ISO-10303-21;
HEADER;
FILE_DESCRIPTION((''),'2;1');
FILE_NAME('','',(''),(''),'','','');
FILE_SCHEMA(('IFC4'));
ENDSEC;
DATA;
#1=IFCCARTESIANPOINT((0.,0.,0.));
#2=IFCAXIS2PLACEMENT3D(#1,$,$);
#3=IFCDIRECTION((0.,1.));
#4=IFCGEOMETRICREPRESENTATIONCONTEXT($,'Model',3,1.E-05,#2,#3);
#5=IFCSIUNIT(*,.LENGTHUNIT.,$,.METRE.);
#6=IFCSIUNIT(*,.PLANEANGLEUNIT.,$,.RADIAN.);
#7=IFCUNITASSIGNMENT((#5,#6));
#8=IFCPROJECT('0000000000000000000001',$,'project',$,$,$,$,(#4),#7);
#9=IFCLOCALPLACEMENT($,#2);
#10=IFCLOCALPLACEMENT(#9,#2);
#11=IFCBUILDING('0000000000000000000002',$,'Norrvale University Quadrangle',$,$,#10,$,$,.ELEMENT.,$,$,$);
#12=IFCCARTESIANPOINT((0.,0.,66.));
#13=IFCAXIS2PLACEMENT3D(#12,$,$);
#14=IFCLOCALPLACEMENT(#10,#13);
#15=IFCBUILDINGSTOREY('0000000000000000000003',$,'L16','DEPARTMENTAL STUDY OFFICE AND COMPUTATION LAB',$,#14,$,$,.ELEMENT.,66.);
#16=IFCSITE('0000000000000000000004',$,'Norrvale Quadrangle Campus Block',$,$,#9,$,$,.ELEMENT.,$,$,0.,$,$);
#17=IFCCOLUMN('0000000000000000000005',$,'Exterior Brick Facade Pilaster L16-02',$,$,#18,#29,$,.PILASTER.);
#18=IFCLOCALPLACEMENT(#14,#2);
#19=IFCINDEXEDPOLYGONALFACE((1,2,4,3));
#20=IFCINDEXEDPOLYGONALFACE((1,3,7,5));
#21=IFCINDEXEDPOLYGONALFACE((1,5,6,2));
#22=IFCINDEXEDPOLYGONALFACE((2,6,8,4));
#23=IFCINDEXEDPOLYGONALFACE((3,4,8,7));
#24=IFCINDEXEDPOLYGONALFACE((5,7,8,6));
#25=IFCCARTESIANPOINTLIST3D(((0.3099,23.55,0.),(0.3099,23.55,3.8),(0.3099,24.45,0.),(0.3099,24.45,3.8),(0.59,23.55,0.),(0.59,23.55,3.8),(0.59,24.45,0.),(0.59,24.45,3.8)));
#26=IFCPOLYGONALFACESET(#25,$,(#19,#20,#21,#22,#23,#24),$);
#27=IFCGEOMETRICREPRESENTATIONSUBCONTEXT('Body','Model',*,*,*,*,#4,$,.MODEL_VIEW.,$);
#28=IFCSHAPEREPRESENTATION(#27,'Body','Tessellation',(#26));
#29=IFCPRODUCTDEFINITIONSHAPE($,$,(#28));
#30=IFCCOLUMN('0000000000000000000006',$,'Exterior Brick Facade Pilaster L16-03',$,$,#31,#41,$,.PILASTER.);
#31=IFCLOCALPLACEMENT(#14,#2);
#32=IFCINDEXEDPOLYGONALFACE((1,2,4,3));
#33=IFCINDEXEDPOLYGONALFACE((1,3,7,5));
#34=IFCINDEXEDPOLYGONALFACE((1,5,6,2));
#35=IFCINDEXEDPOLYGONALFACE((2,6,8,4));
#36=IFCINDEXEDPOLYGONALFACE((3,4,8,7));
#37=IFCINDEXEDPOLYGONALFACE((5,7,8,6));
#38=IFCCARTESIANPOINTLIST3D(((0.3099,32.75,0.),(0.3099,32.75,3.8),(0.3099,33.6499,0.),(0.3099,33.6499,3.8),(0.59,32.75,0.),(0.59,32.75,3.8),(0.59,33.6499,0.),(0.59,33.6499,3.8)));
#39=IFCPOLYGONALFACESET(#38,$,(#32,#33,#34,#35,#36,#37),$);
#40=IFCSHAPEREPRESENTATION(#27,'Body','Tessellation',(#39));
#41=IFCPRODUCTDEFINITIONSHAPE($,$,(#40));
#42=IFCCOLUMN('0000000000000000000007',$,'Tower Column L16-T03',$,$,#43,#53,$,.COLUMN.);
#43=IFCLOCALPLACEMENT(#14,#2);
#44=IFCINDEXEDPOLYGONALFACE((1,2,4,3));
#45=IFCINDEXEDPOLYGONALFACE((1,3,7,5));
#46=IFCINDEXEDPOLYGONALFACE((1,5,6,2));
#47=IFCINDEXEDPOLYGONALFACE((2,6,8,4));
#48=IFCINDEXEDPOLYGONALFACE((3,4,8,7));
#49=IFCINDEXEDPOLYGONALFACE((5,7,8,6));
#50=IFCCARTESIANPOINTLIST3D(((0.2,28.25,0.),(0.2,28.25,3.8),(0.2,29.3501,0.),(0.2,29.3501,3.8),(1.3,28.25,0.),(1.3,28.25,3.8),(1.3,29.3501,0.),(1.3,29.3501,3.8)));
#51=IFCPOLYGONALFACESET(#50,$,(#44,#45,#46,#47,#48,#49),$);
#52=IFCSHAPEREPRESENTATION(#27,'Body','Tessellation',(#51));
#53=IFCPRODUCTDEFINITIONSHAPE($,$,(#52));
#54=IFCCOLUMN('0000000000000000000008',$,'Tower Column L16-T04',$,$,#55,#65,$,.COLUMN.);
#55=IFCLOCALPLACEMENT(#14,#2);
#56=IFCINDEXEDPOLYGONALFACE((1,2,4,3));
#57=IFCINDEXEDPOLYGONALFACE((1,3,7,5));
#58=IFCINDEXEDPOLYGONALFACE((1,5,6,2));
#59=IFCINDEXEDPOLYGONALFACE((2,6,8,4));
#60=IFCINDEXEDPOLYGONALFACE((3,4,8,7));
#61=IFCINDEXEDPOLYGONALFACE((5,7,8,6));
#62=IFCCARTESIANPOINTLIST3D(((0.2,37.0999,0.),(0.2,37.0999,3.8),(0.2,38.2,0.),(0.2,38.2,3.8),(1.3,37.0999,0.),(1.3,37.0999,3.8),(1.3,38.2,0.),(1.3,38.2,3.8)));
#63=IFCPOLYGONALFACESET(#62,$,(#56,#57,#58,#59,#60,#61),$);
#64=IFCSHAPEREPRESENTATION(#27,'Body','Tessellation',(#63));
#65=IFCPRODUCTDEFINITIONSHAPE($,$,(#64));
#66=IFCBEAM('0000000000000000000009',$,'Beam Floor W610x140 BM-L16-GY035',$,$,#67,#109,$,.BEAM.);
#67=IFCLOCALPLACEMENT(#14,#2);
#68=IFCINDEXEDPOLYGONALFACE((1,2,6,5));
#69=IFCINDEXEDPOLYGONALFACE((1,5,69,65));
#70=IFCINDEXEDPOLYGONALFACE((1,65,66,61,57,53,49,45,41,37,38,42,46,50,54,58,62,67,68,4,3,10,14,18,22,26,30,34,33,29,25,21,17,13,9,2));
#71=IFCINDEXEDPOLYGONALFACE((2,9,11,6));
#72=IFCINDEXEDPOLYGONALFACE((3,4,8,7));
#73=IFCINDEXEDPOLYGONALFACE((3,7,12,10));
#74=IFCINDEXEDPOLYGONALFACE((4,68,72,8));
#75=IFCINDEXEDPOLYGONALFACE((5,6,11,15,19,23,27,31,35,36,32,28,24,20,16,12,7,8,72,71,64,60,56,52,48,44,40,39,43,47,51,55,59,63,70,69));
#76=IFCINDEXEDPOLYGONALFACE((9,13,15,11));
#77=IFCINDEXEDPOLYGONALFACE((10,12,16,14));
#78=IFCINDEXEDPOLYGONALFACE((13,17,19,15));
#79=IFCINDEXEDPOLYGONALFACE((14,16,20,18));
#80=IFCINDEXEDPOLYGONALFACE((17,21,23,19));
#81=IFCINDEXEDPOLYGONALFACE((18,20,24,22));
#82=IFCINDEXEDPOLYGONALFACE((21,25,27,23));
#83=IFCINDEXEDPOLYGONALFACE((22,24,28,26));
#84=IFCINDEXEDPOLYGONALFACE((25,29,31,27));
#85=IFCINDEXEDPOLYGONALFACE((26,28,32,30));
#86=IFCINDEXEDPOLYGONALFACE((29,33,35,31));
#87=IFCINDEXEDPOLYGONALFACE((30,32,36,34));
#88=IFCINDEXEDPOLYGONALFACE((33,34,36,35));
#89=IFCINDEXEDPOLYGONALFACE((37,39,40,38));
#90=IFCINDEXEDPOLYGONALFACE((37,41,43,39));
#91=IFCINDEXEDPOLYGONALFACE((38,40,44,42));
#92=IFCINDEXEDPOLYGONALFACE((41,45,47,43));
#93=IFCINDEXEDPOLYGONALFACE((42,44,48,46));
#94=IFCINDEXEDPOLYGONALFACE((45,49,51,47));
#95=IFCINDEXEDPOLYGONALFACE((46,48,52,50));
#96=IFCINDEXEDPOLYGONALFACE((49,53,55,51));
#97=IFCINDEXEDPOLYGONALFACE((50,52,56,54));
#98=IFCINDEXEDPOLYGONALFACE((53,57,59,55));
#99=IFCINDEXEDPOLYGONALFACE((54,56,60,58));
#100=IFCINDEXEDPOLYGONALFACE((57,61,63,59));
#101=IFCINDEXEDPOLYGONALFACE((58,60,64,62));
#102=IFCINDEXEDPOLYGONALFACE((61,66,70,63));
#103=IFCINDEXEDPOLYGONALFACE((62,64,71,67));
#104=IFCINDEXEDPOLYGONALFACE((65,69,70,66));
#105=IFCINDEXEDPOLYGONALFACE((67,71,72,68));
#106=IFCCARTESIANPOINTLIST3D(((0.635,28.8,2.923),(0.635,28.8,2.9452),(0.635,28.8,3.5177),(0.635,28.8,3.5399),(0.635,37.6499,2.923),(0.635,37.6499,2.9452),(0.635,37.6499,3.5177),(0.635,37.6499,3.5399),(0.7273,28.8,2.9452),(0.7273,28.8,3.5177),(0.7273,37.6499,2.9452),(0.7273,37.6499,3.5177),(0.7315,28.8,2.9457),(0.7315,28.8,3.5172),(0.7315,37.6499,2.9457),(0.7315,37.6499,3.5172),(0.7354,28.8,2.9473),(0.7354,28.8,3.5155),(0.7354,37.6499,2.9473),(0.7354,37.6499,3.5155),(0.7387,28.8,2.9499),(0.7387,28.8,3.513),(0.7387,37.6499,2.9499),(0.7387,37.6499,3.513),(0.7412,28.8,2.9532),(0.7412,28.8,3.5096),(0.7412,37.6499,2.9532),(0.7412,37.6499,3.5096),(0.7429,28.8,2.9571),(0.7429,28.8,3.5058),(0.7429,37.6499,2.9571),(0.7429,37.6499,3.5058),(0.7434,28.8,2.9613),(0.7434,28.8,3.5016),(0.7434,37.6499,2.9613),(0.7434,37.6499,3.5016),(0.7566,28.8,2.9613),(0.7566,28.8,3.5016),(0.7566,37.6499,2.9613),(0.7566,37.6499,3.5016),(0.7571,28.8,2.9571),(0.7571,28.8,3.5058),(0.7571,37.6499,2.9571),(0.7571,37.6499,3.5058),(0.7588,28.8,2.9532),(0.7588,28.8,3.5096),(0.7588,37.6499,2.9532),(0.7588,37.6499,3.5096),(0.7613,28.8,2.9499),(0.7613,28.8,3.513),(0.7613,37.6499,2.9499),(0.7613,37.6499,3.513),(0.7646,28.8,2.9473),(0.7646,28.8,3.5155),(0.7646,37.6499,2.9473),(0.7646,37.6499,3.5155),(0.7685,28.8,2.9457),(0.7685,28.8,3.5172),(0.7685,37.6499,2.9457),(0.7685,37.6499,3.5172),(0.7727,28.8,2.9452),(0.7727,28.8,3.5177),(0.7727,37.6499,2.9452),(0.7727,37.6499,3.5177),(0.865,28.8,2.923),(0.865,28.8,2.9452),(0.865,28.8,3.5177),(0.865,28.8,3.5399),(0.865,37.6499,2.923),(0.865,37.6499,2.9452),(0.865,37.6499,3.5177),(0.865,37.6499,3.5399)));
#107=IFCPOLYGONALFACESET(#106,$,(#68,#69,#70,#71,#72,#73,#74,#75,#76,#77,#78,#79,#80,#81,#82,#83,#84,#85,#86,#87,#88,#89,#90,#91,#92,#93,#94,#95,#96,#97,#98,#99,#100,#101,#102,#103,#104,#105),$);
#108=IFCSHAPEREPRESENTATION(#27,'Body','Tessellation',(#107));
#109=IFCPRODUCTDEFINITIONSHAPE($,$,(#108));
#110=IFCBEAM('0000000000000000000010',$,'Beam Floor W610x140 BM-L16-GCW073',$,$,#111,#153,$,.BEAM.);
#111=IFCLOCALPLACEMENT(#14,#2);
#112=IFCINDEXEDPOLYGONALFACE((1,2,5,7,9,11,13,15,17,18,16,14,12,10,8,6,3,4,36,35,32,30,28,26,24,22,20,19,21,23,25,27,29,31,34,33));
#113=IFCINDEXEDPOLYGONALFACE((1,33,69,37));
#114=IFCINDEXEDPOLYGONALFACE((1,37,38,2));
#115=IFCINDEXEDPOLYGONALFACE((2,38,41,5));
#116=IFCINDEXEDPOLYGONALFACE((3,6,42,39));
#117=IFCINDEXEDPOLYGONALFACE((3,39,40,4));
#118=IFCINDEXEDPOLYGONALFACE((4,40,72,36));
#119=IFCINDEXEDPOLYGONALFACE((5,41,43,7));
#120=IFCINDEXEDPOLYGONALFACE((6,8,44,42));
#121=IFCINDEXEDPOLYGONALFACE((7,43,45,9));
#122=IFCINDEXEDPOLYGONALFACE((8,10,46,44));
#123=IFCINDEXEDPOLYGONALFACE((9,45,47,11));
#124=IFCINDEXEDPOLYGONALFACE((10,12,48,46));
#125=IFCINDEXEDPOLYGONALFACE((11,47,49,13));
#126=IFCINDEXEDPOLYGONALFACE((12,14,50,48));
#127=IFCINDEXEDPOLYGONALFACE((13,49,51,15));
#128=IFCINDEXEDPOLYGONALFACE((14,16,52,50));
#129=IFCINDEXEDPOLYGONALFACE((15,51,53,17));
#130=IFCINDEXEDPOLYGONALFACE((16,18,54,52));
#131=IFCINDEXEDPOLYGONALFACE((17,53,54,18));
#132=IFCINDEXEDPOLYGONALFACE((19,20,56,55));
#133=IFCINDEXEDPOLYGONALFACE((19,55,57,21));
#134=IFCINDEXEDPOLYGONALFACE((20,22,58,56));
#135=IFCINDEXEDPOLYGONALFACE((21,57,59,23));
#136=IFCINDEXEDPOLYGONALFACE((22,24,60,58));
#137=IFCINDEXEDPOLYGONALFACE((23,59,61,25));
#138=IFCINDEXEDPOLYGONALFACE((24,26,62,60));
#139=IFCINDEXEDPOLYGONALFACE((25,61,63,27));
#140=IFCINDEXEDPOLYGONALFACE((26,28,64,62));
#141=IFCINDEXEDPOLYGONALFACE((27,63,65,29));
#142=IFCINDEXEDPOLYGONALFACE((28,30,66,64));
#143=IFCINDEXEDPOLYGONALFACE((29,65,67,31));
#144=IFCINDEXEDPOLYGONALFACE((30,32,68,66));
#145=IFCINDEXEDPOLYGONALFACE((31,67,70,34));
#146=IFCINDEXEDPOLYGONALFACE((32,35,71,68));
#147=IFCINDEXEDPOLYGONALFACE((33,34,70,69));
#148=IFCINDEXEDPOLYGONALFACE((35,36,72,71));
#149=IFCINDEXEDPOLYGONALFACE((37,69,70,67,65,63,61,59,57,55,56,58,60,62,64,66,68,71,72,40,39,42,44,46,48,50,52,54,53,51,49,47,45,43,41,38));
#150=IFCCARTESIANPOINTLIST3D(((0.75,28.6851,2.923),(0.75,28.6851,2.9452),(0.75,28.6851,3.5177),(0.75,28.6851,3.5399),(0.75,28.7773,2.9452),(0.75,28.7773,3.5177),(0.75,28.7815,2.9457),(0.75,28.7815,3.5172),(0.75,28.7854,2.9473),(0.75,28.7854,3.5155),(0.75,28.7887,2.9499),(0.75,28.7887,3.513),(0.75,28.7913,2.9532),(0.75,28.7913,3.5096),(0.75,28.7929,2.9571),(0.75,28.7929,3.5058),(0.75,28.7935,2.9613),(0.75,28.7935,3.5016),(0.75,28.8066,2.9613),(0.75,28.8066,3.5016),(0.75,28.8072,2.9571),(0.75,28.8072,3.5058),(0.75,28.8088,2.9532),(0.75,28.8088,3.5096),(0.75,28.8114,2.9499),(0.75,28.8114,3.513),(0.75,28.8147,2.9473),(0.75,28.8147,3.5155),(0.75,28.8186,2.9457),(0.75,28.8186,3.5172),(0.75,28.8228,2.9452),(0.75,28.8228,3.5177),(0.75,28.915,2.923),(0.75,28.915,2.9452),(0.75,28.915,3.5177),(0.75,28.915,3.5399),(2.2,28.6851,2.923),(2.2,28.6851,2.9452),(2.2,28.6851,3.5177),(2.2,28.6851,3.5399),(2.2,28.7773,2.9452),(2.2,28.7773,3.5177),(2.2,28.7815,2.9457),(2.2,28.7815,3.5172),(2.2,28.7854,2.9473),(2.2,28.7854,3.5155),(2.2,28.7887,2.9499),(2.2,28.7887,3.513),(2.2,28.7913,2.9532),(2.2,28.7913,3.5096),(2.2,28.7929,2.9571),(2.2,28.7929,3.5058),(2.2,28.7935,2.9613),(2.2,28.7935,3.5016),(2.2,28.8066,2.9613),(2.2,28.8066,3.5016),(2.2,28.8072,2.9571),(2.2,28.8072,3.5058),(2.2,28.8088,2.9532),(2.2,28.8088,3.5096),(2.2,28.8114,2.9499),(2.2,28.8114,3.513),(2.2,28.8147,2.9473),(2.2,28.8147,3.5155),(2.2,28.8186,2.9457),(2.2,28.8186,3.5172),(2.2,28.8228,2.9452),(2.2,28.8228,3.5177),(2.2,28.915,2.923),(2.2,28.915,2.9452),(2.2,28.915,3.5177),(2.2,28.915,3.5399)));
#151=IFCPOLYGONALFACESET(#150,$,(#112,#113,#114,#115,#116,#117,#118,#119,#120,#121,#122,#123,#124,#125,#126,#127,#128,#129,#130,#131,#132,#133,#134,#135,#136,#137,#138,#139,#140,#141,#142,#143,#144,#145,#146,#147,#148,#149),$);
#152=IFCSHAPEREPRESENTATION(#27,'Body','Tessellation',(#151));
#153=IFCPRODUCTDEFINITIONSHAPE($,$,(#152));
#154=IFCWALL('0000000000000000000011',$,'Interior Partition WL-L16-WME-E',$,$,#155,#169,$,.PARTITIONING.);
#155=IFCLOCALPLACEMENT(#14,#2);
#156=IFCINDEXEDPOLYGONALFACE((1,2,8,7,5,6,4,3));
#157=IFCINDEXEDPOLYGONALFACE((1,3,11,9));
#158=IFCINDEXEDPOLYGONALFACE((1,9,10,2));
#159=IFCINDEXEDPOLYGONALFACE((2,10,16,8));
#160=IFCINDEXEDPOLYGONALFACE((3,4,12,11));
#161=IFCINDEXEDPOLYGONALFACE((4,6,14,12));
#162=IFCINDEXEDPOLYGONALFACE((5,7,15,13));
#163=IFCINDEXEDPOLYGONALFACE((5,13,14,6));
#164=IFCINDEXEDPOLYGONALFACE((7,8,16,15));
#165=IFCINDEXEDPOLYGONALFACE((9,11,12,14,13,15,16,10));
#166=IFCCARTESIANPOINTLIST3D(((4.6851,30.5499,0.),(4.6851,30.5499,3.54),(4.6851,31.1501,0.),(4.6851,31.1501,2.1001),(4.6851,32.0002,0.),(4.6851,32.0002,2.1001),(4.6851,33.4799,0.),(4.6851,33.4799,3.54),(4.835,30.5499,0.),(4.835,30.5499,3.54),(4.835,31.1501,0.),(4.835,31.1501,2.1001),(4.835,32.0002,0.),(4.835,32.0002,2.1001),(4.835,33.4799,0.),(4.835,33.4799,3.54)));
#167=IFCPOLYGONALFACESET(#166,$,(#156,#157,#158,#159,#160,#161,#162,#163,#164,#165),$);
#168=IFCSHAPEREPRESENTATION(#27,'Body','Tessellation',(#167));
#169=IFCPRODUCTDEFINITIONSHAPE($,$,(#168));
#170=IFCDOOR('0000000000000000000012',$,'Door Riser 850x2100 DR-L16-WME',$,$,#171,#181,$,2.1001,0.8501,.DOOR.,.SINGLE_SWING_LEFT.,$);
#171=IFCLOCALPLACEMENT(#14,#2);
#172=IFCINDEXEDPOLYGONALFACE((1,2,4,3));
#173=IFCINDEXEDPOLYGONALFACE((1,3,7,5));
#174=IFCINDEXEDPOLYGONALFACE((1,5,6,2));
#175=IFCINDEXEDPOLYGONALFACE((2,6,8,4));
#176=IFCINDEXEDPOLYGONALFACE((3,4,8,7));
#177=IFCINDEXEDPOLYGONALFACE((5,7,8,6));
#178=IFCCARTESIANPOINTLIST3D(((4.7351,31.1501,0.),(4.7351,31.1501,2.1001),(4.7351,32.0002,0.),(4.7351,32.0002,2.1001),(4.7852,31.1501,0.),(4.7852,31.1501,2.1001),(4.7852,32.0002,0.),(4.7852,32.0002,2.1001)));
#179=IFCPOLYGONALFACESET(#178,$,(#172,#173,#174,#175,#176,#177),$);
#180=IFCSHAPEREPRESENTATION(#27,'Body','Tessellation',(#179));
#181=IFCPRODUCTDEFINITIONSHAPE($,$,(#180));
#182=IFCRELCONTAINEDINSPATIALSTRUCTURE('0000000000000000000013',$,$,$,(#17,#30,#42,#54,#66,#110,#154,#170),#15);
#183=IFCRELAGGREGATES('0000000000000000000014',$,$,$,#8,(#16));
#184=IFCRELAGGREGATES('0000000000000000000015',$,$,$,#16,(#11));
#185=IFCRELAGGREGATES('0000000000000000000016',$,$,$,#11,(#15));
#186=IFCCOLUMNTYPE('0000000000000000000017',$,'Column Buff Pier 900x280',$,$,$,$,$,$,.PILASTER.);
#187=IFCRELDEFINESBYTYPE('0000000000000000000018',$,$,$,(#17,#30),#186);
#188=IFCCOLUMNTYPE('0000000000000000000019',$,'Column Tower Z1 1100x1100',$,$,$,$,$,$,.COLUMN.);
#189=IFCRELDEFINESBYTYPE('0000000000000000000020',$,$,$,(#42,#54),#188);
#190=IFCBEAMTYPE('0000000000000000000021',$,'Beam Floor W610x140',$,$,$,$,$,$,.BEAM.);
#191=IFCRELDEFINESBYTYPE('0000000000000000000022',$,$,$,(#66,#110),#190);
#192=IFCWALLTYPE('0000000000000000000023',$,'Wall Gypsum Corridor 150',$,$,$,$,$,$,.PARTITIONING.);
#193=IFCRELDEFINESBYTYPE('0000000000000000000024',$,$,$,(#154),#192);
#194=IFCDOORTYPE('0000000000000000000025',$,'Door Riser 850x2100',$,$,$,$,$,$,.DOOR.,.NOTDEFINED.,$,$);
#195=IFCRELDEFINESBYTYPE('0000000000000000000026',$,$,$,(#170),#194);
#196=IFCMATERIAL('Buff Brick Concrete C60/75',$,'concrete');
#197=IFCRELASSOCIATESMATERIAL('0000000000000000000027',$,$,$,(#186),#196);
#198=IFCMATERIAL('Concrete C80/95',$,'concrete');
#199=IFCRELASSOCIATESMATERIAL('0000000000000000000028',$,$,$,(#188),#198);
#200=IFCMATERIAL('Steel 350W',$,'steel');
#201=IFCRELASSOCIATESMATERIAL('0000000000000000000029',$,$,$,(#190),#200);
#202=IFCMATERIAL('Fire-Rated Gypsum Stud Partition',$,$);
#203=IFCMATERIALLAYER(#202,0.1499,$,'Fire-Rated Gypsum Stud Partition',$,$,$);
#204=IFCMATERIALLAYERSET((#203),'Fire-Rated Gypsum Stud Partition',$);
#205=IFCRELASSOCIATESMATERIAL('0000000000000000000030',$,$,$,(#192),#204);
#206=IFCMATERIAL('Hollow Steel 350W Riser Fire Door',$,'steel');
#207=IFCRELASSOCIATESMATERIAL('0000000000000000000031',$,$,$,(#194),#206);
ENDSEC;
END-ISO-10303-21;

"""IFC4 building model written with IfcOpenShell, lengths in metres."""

from ifc_helpers import new_model, si_unit, direction, frame, frame_2d, origin, origin_2d, place, context, subcontext, project, spatial, rectangle, i_section, extrude, material, layer, layer_set, material_profile, profile_set, type_object, element, fill, save


model = new_model("IFC4")

# Units and contexts
model_context = context("Model", 3, precision=1e-05, world=origin(), true_north=direction((0.0, 1.0)))
body_context = subcontext(model_context, "Body", "Model", "MODEL_VIEW")
ifc_project = project(units=[si_unit("LENGTHUNIT", "METRE"), si_unit("PLANEANGLEUNIT", "RADIAN")], contexts=[model_context])

# Site, building, storey
site_placement = place(None, origin())
site = spatial("IfcSite", under=ifc_project, at=site_placement, Name="Norrvale Quadrangle Campus Block", CompositionType="ELEMENT", RefElevation=0.0)
building_placement = place(site_placement, origin())
building = spatial("IfcBuilding", under=site, at=building_placement, Name="Norrvale University Quadrangle", CompositionType="ELEMENT")
storey_placement = place(building_placement, frame((0.0, 0.0, 66.0)))
storey = spatial("IfcBuildingStorey", under=building, at=storey_placement, Name="L16", Description="DEPARTMENTAL STUDY OFFICE AND COMPUTATION LAB", CompositionType="ELEMENT", Elevation=66.0)

# Columns
ifc_material_1 = material(Name="Buff Brick Concrete C60/75", Category="concrete")
ifc_material_profile_1 = material_profile(ifc_material_1, rectangle(XDim=0.8999, YDim=0.28, at=origin_2d()), Name="Buff Brick Concrete C60/75")
ifc_profile_set_1 = profile_set([ifc_material_profile_1], Name="Buff Brick Concrete C60/75")
column_type_1 = type_object("IfcColumnType", Name="Column Buff Pier 900x280", PredefinedType="PILASTER", material=ifc_profile_set_1)
for number, where, z_axis, x_axis, name in (
    (1, (0.45, 24.0, 0.0), (0.0, 0.0, 1.0), (0.0, 1.0, 0.0), "Exterior Brick Facade Pilaster L16-02"),
    (2, (0.45, 33.2, 0.0), (0.0, 0.0, 1.0), (0.0, 1.0, 0.0), "Exterior Brick Facade Pilaster L16-03"),
):
    element("IfcColumn", number, at=place(storey_placement, frame(where, z_axis=z_axis, x_axis=x_axis)), inside=storey, type_object=column_type_1, Name=name, PredefinedType="PILASTER", context=body_context, shape_type="SweptSolid", body=[
        extrude(rectangle(XDim=0.8999, YDim=0.28, at=origin_2d()), origin(), (0.0, 0.0, 1.0), 3.8),
    ])
ifc_material_2 = material(Name="Concrete C80/95", Category="concrete")
ifc_material_profile_2 = material_profile(ifc_material_2, rectangle(XDim=1.1001, YDim=1.1001, at=origin_2d()), Name="Concrete C80/95")
ifc_profile_set_2 = profile_set([ifc_material_profile_2], Name="Concrete C80/95")
column_type_2 = type_object("IfcColumnType", Name="Column Tower Z1 1100x1100", PredefinedType="COLUMN", material=ifc_profile_set_2)
for number, where, z_axis, x_axis, name in (
    (3, (0.75, 28.8, 0.0), (0.0, 0.0, 1.0), (1.0, 0.0, 0.0), "Tower Column L16-T03"),
    (4, (0.75, 37.6499, 0.0), (0.0, 0.0, 1.0), (1.0, 0.0, 0.0), "Tower Column L16-T04"),
):
    element("IfcColumn", number, at=place(storey_placement, frame(where, z_axis=z_axis, x_axis=x_axis)), inside=storey, type_object=column_type_2, Name=name, PredefinedType="COLUMN", context=body_context, shape_type="SweptSolid", body=[
        extrude(rectangle(XDim=1.1001, YDim=1.1001, at=origin_2d()), origin(), (0.0, 0.0, 1.0), 3.8),
    ])

# Beams
ifc_material_3 = material(Name="Steel 350W", Category="steel")
ifc_material_profile_3 = material_profile(ifc_material_3, i_section(OverallWidth=0.23, OverallDepth=0.6169, WebThickness=0.0132, FlangeThickness=0.0222, FilletRadius=0.0161, at=origin_2d()), Name="Steel 350W")
ifc_profile_set_3 = profile_set([ifc_material_profile_3], Name="Steel 350W")
beam_type = type_object("IfcBeamType", Name="Beam Floor W610x140", PredefinedType="BEAM", material=ifc_profile_set_3)
beam_1_placement = place(storey_placement, frame((0.75, 28.8, 3.2314), z_axis=(0.0, 1.0, 0.0), x_axis=(-1.0, 0.0, 0.0)))
element("IfcBeam", 5, at=beam_1_placement, inside=storey, type_object=beam_type, Name="Beam Floor W610x140 BM-L16-GY035", PredefinedType="BEAM", context=body_context, shape_type="SweptSolid", body=[
    extrude(i_section(OverallWidth=0.23, OverallDepth=0.6169, WebThickness=0.0132, FlangeThickness=0.0222, FilletRadius=0.0161, at=origin_2d()), origin(), (0.0, 0.0, 1.0), 8.8499),
])
beam_2_placement = place(storey_placement, frame((0.75, 28.8, 3.2314), z_axis=(1.0, 0.0, 0.0), x_axis=(0.0, 1.0, 0.0)))
element("IfcBeam", 6, at=beam_2_placement, inside=storey, type_object=beam_type, Name="Beam Floor W610x140 BM-L16-GCW073", PredefinedType="BEAM", context=body_context, shape_type="SweptSolid", body=[
    extrude(i_section(OverallWidth=0.23, OverallDepth=0.6169, WebThickness=0.0132, FlangeThickness=0.0222, FilletRadius=0.0161, at=origin_2d()), origin(), (0.0, 0.0, 1.0), 1.45),
])

# Wall, opening, door
ifc_material_4 = material(Name="Fire-Rated Gypsum Stud Partition")
ifc_layer_1 = layer(ifc_material_4, 0.1499, Name="Fire-Rated Gypsum Stud Partition")
ifc_layer_set_1 = layer_set([ifc_layer_1], Name="Fire-Rated Gypsum Stud Partition")
wall_type_1 = type_object("IfcWallType", Name="Wall Gypsum Corridor 150", PredefinedType="PARTITIONING", material=ifc_layer_set_1)
wall_1_placement = place(storey_placement, frame((4.76, 30.55, 0.0), z_axis=(0.0, 0.0, 1.0), x_axis=(0.0, 1.0, 0.0)))
wall_1 = element("IfcWall", 7, at=wall_1_placement, inside=storey, type_object=wall_type_1, Name="Interior Partition WL-L16-WME-E", PredefinedType="PARTITIONING", context=body_context, shape_type="SweptSolid", body=[
    extrude(rectangle(XDim=2.9299, YDim=0.1499, at=frame_2d((1.4648, 0.0))), origin(), (0.0, 0.0, 1.0), 3.54),
])
opening_1_placement = place(wall_1_placement, frame((0.6001, 0.0, 0.0)))
opening_1 = element("IfcOpeningElement", 8, at=opening_1_placement, cuts=wall_1, PredefinedType="OPENING", context=body_context, shape_type="SweptSolid", body=[
    extrude(rectangle(XDim=0.8501, YDim=2.1001, at=frame_2d((0.425, 1.05))), frame((0.0, 0.0869, 0.0), z_axis=(0.0, -1.0, 0.0), x_axis=(1.0, 0.0, 0.0)), (0.0, 0.0, 1.0), 0.1738),
])
ifc_material_5 = material(Name="Hollow Steel 350W Riser Fire Door", Category="steel")
door_type_1 = type_object("IfcDoorType", Name="Door Riser 850x2100", OperationType="NOTDEFINED", PredefinedType="DOOR", material=ifc_material_5)
door_1_placement = place(opening_1_placement, origin())
door_1 = element("IfcDoor", 9, at=door_1_placement, inside=storey, type_object=door_type_1, Name="Door Riser 850x2100 DR-L16-WME", OperationType="SINGLE_SWING_LEFT", OverallHeight=2.1001, OverallWidth=0.8501, PredefinedType="DOOR", context=body_context, shape_type="SweptSolid", body=[
    extrude(rectangle(XDim=0.8501, YDim=2.1001, at=frame_2d((0.425, 1.05))), frame((0.0, 0.0249, 0.0), z_axis=(0.0, -1.0, 0.0), x_axis=(1.0, 0.0, 0.0)), (0.0, 0.0, 1.0), 0.05),
])
fill(opening_1, door_1)

save(model, "model.ifc")
